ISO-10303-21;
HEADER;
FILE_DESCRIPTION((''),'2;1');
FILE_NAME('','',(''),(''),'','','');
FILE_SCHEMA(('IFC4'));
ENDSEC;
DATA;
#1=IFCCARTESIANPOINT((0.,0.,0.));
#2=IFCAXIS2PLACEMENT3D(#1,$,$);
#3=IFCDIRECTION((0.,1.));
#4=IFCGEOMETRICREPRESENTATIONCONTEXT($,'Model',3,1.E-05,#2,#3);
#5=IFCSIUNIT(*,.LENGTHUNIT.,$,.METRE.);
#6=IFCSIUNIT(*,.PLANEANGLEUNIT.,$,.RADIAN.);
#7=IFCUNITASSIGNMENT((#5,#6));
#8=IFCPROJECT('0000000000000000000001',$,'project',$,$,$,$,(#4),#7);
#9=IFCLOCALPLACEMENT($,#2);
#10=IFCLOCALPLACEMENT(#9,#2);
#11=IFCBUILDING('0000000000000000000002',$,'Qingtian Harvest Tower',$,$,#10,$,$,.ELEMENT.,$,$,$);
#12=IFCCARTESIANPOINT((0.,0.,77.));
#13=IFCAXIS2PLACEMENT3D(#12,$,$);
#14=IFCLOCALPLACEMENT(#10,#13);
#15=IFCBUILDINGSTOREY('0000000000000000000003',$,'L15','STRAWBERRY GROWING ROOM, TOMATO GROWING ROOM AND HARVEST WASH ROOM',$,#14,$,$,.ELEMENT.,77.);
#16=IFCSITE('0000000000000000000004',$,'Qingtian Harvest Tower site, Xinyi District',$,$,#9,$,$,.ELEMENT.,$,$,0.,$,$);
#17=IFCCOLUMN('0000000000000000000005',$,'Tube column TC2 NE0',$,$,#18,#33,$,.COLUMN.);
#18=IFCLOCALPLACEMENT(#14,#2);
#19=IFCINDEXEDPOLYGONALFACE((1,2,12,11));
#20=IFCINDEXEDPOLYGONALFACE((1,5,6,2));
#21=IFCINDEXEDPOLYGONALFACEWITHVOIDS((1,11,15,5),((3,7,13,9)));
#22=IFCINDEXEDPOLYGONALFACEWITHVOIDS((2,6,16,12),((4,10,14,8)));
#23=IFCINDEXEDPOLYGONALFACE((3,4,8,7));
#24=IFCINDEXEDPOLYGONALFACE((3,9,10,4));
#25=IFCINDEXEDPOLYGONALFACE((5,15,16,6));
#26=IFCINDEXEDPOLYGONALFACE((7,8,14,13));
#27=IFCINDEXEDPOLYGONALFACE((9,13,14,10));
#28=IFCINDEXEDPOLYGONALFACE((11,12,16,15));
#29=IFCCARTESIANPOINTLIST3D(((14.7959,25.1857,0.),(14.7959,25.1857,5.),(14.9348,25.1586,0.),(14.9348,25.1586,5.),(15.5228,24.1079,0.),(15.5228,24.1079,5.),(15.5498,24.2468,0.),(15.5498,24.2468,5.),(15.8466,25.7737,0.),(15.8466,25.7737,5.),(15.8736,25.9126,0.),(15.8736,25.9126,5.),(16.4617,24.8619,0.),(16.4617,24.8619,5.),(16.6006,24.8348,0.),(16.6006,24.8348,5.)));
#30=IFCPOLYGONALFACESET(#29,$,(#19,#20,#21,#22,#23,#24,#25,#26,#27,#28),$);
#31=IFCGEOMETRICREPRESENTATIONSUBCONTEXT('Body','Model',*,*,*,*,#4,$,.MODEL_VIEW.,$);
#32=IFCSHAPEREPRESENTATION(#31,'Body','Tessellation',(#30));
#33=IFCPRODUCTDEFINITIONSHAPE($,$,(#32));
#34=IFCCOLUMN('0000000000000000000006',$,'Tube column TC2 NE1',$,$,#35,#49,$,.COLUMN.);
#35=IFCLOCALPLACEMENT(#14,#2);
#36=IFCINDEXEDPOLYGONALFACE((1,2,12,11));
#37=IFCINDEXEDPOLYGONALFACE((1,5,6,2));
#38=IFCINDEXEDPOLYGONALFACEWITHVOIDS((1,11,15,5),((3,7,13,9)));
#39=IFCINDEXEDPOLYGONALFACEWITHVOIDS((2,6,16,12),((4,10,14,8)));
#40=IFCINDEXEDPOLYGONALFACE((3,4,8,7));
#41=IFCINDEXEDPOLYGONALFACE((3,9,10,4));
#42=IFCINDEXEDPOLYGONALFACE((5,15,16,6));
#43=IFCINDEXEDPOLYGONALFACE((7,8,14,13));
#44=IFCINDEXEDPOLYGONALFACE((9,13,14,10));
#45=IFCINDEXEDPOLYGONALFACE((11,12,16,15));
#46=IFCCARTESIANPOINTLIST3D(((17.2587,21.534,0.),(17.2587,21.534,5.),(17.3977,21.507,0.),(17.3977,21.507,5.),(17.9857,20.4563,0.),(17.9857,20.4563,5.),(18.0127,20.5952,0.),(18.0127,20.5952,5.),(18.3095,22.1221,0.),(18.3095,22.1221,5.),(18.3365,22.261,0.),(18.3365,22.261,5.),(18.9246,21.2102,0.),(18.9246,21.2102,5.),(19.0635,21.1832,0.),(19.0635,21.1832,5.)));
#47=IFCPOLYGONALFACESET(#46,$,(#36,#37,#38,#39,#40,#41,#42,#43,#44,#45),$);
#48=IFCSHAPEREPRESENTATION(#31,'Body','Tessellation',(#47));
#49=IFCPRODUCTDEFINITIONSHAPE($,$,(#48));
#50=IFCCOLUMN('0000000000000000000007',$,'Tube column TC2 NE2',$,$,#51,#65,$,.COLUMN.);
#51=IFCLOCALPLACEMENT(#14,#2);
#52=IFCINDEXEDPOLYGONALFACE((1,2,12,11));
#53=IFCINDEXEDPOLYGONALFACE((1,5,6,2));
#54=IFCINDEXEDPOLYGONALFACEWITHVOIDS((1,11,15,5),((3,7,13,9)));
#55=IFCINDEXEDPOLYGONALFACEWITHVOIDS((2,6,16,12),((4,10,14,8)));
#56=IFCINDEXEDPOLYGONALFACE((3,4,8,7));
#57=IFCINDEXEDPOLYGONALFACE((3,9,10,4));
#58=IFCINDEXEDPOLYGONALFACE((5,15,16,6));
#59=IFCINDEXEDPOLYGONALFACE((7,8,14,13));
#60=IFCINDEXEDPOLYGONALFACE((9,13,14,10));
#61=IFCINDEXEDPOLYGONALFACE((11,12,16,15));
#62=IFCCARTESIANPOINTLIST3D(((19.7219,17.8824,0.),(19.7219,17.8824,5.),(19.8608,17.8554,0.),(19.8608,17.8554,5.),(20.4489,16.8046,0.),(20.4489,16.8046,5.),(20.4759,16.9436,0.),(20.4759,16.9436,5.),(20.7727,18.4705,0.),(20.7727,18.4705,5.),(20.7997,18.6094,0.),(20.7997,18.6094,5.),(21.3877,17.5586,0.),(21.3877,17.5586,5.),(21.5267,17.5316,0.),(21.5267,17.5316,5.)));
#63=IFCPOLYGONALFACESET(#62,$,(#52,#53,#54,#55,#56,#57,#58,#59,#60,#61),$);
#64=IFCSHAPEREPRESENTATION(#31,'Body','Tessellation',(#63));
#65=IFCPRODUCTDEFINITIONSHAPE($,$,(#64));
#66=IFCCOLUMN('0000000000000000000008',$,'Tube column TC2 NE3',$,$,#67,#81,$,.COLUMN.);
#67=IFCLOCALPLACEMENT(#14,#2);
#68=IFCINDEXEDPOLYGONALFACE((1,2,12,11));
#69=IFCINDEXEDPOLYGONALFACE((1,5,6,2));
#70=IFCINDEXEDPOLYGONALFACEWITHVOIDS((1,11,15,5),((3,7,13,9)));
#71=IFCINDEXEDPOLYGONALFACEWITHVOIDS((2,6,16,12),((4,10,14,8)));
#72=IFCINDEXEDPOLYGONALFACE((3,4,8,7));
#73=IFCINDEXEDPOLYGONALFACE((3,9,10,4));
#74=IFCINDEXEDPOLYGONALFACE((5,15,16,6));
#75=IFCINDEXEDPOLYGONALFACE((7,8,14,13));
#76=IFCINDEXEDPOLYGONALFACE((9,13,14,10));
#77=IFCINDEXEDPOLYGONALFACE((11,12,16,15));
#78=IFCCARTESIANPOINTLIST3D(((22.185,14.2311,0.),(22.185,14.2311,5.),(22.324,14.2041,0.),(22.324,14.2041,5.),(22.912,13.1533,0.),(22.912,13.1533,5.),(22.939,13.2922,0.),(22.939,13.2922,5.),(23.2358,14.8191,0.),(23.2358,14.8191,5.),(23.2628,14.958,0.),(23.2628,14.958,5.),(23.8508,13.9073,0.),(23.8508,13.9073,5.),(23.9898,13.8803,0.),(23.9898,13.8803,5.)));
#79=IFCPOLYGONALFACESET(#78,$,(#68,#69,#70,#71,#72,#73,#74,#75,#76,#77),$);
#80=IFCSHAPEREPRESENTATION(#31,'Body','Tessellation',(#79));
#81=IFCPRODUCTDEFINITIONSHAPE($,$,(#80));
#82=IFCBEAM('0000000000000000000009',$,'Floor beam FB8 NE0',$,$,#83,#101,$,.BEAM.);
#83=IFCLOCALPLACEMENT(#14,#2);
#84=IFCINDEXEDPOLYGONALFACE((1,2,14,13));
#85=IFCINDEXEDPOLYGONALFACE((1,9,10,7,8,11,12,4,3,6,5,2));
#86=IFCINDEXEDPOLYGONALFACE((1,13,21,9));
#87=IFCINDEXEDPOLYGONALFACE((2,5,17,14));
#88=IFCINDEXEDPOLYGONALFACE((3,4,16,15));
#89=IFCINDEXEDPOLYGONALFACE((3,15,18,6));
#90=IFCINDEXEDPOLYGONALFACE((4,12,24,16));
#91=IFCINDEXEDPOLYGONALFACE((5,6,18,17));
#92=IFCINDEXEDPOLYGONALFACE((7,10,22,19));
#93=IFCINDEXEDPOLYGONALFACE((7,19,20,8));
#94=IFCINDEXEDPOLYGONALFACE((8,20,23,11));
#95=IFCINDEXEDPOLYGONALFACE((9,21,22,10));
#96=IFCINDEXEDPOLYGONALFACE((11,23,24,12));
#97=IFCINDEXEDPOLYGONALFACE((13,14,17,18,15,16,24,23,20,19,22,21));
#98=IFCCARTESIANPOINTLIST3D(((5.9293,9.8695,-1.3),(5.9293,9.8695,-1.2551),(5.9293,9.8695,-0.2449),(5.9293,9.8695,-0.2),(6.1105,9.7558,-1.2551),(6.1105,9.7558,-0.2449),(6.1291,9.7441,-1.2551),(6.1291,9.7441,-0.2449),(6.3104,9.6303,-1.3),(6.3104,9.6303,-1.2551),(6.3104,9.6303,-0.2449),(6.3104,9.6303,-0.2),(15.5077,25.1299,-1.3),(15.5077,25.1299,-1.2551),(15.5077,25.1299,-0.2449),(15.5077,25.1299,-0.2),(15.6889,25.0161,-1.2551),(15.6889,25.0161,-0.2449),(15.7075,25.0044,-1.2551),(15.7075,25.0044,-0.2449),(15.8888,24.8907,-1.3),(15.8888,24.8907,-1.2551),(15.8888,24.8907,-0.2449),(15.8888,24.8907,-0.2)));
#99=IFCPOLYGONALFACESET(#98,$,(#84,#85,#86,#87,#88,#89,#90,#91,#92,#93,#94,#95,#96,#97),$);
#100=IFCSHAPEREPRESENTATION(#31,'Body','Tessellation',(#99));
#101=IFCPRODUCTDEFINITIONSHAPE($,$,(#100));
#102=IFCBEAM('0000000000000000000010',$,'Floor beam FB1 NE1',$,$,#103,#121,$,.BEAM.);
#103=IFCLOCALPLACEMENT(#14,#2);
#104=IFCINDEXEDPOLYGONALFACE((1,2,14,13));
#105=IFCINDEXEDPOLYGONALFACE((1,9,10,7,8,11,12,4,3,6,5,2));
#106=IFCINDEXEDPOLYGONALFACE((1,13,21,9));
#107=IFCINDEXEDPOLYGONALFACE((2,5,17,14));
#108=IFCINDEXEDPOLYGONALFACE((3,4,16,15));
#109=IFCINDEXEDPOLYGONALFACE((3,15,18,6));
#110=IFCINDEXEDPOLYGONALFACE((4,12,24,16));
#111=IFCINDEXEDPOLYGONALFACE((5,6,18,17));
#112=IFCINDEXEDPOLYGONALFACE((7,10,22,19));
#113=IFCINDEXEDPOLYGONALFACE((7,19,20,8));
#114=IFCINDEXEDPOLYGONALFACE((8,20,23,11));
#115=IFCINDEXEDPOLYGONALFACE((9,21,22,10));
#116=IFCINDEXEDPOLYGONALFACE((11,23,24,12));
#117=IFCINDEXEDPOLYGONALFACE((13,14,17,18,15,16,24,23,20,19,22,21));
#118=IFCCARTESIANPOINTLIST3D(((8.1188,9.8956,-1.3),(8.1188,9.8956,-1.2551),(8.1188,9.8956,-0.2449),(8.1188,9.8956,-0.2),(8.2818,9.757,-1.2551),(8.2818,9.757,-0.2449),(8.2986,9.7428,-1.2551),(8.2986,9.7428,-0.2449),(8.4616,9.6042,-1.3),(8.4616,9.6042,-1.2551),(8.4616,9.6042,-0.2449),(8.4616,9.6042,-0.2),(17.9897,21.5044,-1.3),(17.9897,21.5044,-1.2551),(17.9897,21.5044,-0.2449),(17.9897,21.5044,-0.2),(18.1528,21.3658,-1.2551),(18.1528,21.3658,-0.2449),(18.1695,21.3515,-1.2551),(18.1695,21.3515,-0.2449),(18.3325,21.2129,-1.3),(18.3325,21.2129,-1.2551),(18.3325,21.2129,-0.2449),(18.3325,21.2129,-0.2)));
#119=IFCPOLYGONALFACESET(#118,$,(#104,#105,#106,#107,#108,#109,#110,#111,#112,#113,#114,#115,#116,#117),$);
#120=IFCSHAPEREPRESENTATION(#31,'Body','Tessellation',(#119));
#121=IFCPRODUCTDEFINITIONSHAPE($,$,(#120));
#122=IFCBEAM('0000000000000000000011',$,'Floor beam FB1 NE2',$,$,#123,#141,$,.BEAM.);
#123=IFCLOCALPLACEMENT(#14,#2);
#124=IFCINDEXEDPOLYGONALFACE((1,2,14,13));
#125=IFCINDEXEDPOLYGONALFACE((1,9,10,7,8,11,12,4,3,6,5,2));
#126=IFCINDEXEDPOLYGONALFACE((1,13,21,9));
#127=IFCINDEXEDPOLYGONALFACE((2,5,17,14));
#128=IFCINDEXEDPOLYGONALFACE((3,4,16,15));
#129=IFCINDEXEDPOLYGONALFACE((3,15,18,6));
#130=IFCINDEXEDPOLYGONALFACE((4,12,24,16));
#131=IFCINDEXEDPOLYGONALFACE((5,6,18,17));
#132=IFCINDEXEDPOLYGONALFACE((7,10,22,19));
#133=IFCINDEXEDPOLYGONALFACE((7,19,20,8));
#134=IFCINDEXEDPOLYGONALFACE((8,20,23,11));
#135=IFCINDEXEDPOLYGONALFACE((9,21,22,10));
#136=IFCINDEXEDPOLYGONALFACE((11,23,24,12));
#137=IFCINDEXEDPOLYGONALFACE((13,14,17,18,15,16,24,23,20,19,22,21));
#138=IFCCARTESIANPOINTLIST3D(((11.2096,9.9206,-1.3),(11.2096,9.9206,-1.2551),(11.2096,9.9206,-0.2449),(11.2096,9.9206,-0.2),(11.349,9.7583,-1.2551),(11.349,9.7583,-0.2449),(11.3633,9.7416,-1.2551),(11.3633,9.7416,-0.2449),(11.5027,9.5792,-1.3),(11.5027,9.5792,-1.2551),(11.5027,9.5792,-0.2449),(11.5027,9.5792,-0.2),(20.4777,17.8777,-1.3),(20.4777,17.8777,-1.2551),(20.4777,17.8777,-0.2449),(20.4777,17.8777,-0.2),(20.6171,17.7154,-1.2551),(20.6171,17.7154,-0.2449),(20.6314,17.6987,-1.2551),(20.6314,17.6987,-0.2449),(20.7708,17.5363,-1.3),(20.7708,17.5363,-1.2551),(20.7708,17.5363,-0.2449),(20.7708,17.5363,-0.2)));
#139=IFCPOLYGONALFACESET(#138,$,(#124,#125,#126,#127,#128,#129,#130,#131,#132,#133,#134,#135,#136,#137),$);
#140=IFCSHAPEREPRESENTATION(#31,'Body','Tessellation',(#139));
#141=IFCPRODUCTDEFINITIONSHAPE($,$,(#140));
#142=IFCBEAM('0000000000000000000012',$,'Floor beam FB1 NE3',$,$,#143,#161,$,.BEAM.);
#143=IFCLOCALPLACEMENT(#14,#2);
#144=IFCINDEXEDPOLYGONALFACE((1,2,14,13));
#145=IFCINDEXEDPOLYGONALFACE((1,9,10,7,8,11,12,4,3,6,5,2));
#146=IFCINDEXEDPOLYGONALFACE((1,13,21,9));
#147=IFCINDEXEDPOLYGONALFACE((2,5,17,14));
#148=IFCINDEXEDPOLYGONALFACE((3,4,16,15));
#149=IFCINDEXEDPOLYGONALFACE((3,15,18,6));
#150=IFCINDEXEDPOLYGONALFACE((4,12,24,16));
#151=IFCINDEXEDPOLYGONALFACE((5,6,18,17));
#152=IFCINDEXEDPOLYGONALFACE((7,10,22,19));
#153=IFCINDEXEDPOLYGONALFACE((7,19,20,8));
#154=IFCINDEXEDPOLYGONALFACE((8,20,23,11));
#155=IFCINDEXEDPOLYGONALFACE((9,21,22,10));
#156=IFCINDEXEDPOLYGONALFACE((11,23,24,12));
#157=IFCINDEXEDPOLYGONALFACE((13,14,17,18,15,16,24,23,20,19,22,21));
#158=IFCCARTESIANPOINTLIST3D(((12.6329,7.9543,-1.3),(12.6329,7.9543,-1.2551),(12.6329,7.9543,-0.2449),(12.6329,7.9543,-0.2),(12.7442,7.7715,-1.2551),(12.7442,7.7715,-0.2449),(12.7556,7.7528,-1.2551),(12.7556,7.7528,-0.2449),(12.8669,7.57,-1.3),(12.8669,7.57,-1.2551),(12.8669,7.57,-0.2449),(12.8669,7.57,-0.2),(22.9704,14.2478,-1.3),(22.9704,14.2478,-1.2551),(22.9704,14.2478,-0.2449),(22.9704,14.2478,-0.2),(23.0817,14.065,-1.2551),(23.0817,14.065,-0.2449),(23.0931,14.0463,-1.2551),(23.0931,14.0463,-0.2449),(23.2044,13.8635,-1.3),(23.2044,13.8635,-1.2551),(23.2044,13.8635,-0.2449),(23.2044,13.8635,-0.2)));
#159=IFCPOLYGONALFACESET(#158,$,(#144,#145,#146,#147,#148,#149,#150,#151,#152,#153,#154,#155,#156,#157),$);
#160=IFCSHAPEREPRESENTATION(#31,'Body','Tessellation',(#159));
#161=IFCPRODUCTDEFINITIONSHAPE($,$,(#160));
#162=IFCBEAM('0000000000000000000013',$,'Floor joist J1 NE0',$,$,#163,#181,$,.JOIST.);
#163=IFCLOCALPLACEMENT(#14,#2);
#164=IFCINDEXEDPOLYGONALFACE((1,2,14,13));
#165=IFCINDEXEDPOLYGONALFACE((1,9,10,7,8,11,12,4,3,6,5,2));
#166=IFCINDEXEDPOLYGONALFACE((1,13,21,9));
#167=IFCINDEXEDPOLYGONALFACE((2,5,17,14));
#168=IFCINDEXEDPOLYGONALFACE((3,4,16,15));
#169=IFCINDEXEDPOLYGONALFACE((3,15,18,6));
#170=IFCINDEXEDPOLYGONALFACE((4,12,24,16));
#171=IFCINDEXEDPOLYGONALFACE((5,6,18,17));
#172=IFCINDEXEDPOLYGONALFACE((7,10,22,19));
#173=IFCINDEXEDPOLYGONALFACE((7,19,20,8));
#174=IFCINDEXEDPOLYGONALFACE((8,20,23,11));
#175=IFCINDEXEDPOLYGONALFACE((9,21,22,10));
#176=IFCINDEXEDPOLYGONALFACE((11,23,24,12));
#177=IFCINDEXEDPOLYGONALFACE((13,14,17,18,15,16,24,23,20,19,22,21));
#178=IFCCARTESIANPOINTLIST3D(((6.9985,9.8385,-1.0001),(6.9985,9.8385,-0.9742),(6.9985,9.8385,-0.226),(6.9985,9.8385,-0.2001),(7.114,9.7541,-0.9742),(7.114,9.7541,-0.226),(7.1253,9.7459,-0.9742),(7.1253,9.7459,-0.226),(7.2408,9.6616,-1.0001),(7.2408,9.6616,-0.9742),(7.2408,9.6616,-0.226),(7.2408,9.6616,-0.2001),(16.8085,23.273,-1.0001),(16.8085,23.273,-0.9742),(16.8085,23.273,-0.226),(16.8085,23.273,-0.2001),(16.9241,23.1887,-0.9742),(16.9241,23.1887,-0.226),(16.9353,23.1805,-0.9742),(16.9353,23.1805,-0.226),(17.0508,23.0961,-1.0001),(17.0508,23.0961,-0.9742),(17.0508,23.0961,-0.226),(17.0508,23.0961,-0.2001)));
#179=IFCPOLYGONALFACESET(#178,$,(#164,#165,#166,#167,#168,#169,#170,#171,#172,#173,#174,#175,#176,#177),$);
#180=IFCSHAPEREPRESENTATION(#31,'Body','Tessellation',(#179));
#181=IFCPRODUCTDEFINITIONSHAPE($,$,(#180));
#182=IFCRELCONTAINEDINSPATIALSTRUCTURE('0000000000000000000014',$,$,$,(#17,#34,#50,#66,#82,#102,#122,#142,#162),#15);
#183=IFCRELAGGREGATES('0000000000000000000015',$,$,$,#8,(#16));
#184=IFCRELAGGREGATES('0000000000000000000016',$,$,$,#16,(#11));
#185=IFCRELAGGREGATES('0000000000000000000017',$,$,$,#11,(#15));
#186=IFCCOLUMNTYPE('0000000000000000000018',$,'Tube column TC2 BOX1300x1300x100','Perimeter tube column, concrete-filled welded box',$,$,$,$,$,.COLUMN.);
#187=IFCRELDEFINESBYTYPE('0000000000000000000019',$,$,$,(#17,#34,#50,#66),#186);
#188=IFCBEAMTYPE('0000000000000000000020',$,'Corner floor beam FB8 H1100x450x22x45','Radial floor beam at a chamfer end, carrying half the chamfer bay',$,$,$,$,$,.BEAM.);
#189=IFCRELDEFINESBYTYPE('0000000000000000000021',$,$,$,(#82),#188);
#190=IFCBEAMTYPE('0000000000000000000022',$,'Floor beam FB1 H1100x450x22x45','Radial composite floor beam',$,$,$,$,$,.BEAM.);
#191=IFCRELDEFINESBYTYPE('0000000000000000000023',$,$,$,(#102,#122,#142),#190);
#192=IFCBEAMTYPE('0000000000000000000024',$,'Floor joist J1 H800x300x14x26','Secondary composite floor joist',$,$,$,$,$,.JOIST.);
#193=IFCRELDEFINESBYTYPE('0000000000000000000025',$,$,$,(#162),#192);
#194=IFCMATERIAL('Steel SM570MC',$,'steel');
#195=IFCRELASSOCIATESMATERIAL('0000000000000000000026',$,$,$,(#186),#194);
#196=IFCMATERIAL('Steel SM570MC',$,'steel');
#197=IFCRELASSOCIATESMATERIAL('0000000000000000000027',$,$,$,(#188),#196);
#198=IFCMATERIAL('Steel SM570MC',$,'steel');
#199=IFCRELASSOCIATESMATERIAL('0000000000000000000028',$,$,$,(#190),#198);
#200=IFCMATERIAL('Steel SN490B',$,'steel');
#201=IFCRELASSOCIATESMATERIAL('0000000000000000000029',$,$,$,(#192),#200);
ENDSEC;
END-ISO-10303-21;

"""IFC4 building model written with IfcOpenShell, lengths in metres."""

from ifc_helpers import new_model, si_unit, direction, frame, origin, origin_2d, place, context, subcontext, project, spatial, hollow_rectangle, i_section, extrude, material, material_profile, profile_set, type_object, element, save


model = new_model("IFC4")

# Units and contexts
model_context = context("Model", 3, precision=1e-05, world=origin(), true_north=direction((0.0, 1.0)))
body_context = subcontext(model_context, "Body", "Model", "MODEL_VIEW")
ifc_project = project(units=[si_unit("LENGTHUNIT", "METRE"), si_unit("PLANEANGLEUNIT", "RADIAN")], contexts=[model_context])

# Site, building, storey
site_placement = place(None, origin())
site = spatial("IfcSite", under=ifc_project, at=site_placement, Name="Qingtian Harvest Tower site, Xinyi District", CompositionType="ELEMENT", RefElevation=0.0)
building_placement = place(site_placement, origin())
building = spatial("IfcBuilding", under=site, at=building_placement, Name="Qingtian Harvest Tower", CompositionType="ELEMENT")
storey_placement = place(building_placement, frame((0.0, 0.0, 77.0)))
storey = spatial("IfcBuildingStorey", under=building, at=storey_placement, Name="L15", Description="STRAWBERRY GROWING ROOM, TOMATO GROWING ROOM AND HARVEST WASH ROOM", CompositionType="ELEMENT", Elevation=77.0)

# Columns
ifc_material_1 = material(Name="Steel SM570MC", Category="steel")
ifc_material_profile_1 = material_profile(ifc_material_1, hollow_rectangle(XDim=1.3, YDim=1.3, WallThickness=0.1001, at=origin_2d()), Name="BOX1300x1300x100")
ifc_profile_set_1 = profile_set([ifc_material_profile_1], Name="Steel SM570MC")
column_type = type_object("IfcColumnType", Name="Tube column TC2 BOX1300x1300x100", Description="Perimeter tube column, concrete-filled welded box", PredefinedType="COLUMN", material=ifc_profile_set_1)
for number, where, z_axis, x_axis, name in (
    (1, (15.6982, 25.0103, 0.0), (0.0, 0.0, 1.0), (-0.559193, 0.829038, 0.0), "Tube column TC2 NE0"),
    (2, (18.1611, 21.3586, 0.0), (0.0, 0.0, 1.0), (-0.559193, 0.829038, 0.0), "Tube column TC2 NE1"),
    (3, (20.6243, 17.707, 0.0), (0.0, 0.0, 1.0), (-0.559193, 0.829038, 0.0), "Tube column TC2 NE2"),
    (4, (23.0874, 14.0557, 0.0), (0.0, 0.0, 1.0), (-0.559193, 0.829038, 0.0), "Tube column TC2 NE3"),
):
    element("IfcColumn", number, at=place(storey_placement, frame(where, z_axis=z_axis, x_axis=x_axis)), inside=storey, type_object=column_type, Name=name, PredefinedType="COLUMN", context=body_context, shape_type="SweptSolid", body=[
        extrude(hollow_rectangle(XDim=1.3, YDim=1.3, WallThickness=0.1001, at=origin_2d()), origin(), (0.0, 0.0, 1.0), 5.0),
    ])

# Beams
ifc_material_2 = material(Name="Steel SM570MC", Category="steel")
ifc_material_profile_2 = material_profile(ifc_material_2, i_section(OverallWidth=0.45, OverallDepth=1.1001, WebThickness=0.022, FlangeThickness=0.0449, at=origin_2d()), Name="H1100x450x22x45")
ifc_profile_set_2 = profile_set([ifc_material_profile_2], Name="Steel SM570MC")
beam_type_1 = type_object("IfcBeamType", Name="Corner floor beam FB8 H1100x450x22x45", Description="Radial floor beam at a chamfer end, carrying half the chamfer bay", PredefinedType="BEAM", material=ifc_profile_set_2)
beam_1_placement = place(storey_placement, frame((15.6982, 25.0103, -0.75), z_axis=(-0.531623, -0.846981, 0.0), x_axis=(0.846981, -0.531623, 0.0)))
element("IfcBeam", 5, at=beam_1_placement, inside=storey, type_object=beam_type_1, Name="Floor beam FB8 NE0", PredefinedType="BEAM", context=body_context, shape_type="SweptSolid", body=[
    extrude(i_section(OverallWidth=0.45, OverallDepth=1.1001, WebThickness=0.022, FlangeThickness=0.0449, at=origin_2d()), origin(), (0.0, 0.0, 1.0), 18.0173),
])
ifc_material_3 = material(Name="Steel SM570MC", Category="steel")
ifc_material_profile_3 = material_profile(ifc_material_3, i_section(OverallWidth=0.45, OverallDepth=1.1001, WebThickness=0.022, FlangeThickness=0.0449, at=origin_2d()), Name="H1100x450x22x45")
ifc_profile_set_3 = profile_set([ifc_material_profile_3], Name="Steel SM570MC")
beam_type_2 = type_object("IfcBeamType", Name="Floor beam FB1 H1100x450x22x45", Description="Radial composite floor beam", PredefinedType="BEAM", material=ifc_profile_set_3)
beam_2_placement = place(storey_placement, frame((18.1611, 21.3586, -0.75), z_axis=(-0.647782, -0.761826, 0.0), x_axis=(0.761826, -0.647782, 0.0)))
element("IfcBeam", 6, at=beam_2_placement, inside=storey, type_object=beam_type_2, Name="Floor beam FB1 NE1", PredefinedType="BEAM", context=body_context, shape_type="SweptSolid", body=[
    extrude(i_section(OverallWidth=0.45, OverallDepth=1.1001, WebThickness=0.022, FlangeThickness=0.0449, at=origin_2d()), origin(), (0.0, 0.0, 1.0), 15.238),
])
beam_3_placement = place(storey_placement, frame((20.6243, 17.707, -0.75), z_axis=(-0.758732, -0.651403, 0.0), x_axis=(0.651403, -0.758732, 0.0)))
element("IfcBeam", 7, at=beam_3_placement, inside=storey, type_object=beam_type_2, Name="Floor beam FB1 NE2", PredefinedType="BEAM", context=body_context, shape_type="SweptSolid", body=[
    extrude(i_section(OverallWidth=0.45, OverallDepth=1.1001, WebThickness=0.022, FlangeThickness=0.0449, at=origin_2d()), origin(), (0.0, 0.0, 1.0), 12.2153),
])
beam_4_placement = place(storey_placement, frame((23.0874, 14.0557, -0.75), z_axis=(-0.854157, -0.520015, 0.0), x_axis=(0.520015, -0.854157, 0.0)))
element("IfcBeam", 8, at=beam_4_placement, inside=storey, type_object=beam_type_2, Name="Floor beam FB1 NE3", PredefinedType="BEAM", context=body_context, shape_type="SweptSolid", body=[
    extrude(i_section(OverallWidth=0.45, OverallDepth=1.1001, WebThickness=0.022, FlangeThickness=0.0449, at=origin_2d()), origin(), (0.0, 0.0, 1.0), 12.1025),
])
ifc_material_4 = material(Name="Steel SN490B", Category="steel")
ifc_material_profile_4 = material_profile(ifc_material_4, i_section(OverallWidth=0.3, OverallDepth=0.8, WebThickness=0.0139, FlangeThickness=0.0259, at=origin_2d()), Name="H800x300x14x26")
ifc_profile_set_4 = profile_set([ifc_material_profile_4], Name="Steel SN490B")
beam_type_3 = type_object("IfcBeamType", Name="Floor joist J1 H800x300x14x26", Description="Secondary composite floor joist", PredefinedType="JOIST", material=ifc_profile_set_4)
beam_5_placement = place(storey_placement, frame((16.9297, 23.1846, -0.6001), z_axis=(-0.589722, -0.807606, 0.0), x_axis=(0.807606, -0.589722, 0.0)))
element("IfcBeam", 9, at=beam_5_placement, inside=storey, type_object=beam_type_3, Name="Floor joist J1 NE0", PredefinedType="JOIST", context=body_context, shape_type="SweptSolid", body=[
    extrude(i_section(OverallWidth=0.3, OverallDepth=0.8, WebThickness=0.0139, FlangeThickness=0.0259, at=origin_2d()), origin(), (0.0, 0.0, 1.0), 16.635),
])

save(model, "model.ifc")
